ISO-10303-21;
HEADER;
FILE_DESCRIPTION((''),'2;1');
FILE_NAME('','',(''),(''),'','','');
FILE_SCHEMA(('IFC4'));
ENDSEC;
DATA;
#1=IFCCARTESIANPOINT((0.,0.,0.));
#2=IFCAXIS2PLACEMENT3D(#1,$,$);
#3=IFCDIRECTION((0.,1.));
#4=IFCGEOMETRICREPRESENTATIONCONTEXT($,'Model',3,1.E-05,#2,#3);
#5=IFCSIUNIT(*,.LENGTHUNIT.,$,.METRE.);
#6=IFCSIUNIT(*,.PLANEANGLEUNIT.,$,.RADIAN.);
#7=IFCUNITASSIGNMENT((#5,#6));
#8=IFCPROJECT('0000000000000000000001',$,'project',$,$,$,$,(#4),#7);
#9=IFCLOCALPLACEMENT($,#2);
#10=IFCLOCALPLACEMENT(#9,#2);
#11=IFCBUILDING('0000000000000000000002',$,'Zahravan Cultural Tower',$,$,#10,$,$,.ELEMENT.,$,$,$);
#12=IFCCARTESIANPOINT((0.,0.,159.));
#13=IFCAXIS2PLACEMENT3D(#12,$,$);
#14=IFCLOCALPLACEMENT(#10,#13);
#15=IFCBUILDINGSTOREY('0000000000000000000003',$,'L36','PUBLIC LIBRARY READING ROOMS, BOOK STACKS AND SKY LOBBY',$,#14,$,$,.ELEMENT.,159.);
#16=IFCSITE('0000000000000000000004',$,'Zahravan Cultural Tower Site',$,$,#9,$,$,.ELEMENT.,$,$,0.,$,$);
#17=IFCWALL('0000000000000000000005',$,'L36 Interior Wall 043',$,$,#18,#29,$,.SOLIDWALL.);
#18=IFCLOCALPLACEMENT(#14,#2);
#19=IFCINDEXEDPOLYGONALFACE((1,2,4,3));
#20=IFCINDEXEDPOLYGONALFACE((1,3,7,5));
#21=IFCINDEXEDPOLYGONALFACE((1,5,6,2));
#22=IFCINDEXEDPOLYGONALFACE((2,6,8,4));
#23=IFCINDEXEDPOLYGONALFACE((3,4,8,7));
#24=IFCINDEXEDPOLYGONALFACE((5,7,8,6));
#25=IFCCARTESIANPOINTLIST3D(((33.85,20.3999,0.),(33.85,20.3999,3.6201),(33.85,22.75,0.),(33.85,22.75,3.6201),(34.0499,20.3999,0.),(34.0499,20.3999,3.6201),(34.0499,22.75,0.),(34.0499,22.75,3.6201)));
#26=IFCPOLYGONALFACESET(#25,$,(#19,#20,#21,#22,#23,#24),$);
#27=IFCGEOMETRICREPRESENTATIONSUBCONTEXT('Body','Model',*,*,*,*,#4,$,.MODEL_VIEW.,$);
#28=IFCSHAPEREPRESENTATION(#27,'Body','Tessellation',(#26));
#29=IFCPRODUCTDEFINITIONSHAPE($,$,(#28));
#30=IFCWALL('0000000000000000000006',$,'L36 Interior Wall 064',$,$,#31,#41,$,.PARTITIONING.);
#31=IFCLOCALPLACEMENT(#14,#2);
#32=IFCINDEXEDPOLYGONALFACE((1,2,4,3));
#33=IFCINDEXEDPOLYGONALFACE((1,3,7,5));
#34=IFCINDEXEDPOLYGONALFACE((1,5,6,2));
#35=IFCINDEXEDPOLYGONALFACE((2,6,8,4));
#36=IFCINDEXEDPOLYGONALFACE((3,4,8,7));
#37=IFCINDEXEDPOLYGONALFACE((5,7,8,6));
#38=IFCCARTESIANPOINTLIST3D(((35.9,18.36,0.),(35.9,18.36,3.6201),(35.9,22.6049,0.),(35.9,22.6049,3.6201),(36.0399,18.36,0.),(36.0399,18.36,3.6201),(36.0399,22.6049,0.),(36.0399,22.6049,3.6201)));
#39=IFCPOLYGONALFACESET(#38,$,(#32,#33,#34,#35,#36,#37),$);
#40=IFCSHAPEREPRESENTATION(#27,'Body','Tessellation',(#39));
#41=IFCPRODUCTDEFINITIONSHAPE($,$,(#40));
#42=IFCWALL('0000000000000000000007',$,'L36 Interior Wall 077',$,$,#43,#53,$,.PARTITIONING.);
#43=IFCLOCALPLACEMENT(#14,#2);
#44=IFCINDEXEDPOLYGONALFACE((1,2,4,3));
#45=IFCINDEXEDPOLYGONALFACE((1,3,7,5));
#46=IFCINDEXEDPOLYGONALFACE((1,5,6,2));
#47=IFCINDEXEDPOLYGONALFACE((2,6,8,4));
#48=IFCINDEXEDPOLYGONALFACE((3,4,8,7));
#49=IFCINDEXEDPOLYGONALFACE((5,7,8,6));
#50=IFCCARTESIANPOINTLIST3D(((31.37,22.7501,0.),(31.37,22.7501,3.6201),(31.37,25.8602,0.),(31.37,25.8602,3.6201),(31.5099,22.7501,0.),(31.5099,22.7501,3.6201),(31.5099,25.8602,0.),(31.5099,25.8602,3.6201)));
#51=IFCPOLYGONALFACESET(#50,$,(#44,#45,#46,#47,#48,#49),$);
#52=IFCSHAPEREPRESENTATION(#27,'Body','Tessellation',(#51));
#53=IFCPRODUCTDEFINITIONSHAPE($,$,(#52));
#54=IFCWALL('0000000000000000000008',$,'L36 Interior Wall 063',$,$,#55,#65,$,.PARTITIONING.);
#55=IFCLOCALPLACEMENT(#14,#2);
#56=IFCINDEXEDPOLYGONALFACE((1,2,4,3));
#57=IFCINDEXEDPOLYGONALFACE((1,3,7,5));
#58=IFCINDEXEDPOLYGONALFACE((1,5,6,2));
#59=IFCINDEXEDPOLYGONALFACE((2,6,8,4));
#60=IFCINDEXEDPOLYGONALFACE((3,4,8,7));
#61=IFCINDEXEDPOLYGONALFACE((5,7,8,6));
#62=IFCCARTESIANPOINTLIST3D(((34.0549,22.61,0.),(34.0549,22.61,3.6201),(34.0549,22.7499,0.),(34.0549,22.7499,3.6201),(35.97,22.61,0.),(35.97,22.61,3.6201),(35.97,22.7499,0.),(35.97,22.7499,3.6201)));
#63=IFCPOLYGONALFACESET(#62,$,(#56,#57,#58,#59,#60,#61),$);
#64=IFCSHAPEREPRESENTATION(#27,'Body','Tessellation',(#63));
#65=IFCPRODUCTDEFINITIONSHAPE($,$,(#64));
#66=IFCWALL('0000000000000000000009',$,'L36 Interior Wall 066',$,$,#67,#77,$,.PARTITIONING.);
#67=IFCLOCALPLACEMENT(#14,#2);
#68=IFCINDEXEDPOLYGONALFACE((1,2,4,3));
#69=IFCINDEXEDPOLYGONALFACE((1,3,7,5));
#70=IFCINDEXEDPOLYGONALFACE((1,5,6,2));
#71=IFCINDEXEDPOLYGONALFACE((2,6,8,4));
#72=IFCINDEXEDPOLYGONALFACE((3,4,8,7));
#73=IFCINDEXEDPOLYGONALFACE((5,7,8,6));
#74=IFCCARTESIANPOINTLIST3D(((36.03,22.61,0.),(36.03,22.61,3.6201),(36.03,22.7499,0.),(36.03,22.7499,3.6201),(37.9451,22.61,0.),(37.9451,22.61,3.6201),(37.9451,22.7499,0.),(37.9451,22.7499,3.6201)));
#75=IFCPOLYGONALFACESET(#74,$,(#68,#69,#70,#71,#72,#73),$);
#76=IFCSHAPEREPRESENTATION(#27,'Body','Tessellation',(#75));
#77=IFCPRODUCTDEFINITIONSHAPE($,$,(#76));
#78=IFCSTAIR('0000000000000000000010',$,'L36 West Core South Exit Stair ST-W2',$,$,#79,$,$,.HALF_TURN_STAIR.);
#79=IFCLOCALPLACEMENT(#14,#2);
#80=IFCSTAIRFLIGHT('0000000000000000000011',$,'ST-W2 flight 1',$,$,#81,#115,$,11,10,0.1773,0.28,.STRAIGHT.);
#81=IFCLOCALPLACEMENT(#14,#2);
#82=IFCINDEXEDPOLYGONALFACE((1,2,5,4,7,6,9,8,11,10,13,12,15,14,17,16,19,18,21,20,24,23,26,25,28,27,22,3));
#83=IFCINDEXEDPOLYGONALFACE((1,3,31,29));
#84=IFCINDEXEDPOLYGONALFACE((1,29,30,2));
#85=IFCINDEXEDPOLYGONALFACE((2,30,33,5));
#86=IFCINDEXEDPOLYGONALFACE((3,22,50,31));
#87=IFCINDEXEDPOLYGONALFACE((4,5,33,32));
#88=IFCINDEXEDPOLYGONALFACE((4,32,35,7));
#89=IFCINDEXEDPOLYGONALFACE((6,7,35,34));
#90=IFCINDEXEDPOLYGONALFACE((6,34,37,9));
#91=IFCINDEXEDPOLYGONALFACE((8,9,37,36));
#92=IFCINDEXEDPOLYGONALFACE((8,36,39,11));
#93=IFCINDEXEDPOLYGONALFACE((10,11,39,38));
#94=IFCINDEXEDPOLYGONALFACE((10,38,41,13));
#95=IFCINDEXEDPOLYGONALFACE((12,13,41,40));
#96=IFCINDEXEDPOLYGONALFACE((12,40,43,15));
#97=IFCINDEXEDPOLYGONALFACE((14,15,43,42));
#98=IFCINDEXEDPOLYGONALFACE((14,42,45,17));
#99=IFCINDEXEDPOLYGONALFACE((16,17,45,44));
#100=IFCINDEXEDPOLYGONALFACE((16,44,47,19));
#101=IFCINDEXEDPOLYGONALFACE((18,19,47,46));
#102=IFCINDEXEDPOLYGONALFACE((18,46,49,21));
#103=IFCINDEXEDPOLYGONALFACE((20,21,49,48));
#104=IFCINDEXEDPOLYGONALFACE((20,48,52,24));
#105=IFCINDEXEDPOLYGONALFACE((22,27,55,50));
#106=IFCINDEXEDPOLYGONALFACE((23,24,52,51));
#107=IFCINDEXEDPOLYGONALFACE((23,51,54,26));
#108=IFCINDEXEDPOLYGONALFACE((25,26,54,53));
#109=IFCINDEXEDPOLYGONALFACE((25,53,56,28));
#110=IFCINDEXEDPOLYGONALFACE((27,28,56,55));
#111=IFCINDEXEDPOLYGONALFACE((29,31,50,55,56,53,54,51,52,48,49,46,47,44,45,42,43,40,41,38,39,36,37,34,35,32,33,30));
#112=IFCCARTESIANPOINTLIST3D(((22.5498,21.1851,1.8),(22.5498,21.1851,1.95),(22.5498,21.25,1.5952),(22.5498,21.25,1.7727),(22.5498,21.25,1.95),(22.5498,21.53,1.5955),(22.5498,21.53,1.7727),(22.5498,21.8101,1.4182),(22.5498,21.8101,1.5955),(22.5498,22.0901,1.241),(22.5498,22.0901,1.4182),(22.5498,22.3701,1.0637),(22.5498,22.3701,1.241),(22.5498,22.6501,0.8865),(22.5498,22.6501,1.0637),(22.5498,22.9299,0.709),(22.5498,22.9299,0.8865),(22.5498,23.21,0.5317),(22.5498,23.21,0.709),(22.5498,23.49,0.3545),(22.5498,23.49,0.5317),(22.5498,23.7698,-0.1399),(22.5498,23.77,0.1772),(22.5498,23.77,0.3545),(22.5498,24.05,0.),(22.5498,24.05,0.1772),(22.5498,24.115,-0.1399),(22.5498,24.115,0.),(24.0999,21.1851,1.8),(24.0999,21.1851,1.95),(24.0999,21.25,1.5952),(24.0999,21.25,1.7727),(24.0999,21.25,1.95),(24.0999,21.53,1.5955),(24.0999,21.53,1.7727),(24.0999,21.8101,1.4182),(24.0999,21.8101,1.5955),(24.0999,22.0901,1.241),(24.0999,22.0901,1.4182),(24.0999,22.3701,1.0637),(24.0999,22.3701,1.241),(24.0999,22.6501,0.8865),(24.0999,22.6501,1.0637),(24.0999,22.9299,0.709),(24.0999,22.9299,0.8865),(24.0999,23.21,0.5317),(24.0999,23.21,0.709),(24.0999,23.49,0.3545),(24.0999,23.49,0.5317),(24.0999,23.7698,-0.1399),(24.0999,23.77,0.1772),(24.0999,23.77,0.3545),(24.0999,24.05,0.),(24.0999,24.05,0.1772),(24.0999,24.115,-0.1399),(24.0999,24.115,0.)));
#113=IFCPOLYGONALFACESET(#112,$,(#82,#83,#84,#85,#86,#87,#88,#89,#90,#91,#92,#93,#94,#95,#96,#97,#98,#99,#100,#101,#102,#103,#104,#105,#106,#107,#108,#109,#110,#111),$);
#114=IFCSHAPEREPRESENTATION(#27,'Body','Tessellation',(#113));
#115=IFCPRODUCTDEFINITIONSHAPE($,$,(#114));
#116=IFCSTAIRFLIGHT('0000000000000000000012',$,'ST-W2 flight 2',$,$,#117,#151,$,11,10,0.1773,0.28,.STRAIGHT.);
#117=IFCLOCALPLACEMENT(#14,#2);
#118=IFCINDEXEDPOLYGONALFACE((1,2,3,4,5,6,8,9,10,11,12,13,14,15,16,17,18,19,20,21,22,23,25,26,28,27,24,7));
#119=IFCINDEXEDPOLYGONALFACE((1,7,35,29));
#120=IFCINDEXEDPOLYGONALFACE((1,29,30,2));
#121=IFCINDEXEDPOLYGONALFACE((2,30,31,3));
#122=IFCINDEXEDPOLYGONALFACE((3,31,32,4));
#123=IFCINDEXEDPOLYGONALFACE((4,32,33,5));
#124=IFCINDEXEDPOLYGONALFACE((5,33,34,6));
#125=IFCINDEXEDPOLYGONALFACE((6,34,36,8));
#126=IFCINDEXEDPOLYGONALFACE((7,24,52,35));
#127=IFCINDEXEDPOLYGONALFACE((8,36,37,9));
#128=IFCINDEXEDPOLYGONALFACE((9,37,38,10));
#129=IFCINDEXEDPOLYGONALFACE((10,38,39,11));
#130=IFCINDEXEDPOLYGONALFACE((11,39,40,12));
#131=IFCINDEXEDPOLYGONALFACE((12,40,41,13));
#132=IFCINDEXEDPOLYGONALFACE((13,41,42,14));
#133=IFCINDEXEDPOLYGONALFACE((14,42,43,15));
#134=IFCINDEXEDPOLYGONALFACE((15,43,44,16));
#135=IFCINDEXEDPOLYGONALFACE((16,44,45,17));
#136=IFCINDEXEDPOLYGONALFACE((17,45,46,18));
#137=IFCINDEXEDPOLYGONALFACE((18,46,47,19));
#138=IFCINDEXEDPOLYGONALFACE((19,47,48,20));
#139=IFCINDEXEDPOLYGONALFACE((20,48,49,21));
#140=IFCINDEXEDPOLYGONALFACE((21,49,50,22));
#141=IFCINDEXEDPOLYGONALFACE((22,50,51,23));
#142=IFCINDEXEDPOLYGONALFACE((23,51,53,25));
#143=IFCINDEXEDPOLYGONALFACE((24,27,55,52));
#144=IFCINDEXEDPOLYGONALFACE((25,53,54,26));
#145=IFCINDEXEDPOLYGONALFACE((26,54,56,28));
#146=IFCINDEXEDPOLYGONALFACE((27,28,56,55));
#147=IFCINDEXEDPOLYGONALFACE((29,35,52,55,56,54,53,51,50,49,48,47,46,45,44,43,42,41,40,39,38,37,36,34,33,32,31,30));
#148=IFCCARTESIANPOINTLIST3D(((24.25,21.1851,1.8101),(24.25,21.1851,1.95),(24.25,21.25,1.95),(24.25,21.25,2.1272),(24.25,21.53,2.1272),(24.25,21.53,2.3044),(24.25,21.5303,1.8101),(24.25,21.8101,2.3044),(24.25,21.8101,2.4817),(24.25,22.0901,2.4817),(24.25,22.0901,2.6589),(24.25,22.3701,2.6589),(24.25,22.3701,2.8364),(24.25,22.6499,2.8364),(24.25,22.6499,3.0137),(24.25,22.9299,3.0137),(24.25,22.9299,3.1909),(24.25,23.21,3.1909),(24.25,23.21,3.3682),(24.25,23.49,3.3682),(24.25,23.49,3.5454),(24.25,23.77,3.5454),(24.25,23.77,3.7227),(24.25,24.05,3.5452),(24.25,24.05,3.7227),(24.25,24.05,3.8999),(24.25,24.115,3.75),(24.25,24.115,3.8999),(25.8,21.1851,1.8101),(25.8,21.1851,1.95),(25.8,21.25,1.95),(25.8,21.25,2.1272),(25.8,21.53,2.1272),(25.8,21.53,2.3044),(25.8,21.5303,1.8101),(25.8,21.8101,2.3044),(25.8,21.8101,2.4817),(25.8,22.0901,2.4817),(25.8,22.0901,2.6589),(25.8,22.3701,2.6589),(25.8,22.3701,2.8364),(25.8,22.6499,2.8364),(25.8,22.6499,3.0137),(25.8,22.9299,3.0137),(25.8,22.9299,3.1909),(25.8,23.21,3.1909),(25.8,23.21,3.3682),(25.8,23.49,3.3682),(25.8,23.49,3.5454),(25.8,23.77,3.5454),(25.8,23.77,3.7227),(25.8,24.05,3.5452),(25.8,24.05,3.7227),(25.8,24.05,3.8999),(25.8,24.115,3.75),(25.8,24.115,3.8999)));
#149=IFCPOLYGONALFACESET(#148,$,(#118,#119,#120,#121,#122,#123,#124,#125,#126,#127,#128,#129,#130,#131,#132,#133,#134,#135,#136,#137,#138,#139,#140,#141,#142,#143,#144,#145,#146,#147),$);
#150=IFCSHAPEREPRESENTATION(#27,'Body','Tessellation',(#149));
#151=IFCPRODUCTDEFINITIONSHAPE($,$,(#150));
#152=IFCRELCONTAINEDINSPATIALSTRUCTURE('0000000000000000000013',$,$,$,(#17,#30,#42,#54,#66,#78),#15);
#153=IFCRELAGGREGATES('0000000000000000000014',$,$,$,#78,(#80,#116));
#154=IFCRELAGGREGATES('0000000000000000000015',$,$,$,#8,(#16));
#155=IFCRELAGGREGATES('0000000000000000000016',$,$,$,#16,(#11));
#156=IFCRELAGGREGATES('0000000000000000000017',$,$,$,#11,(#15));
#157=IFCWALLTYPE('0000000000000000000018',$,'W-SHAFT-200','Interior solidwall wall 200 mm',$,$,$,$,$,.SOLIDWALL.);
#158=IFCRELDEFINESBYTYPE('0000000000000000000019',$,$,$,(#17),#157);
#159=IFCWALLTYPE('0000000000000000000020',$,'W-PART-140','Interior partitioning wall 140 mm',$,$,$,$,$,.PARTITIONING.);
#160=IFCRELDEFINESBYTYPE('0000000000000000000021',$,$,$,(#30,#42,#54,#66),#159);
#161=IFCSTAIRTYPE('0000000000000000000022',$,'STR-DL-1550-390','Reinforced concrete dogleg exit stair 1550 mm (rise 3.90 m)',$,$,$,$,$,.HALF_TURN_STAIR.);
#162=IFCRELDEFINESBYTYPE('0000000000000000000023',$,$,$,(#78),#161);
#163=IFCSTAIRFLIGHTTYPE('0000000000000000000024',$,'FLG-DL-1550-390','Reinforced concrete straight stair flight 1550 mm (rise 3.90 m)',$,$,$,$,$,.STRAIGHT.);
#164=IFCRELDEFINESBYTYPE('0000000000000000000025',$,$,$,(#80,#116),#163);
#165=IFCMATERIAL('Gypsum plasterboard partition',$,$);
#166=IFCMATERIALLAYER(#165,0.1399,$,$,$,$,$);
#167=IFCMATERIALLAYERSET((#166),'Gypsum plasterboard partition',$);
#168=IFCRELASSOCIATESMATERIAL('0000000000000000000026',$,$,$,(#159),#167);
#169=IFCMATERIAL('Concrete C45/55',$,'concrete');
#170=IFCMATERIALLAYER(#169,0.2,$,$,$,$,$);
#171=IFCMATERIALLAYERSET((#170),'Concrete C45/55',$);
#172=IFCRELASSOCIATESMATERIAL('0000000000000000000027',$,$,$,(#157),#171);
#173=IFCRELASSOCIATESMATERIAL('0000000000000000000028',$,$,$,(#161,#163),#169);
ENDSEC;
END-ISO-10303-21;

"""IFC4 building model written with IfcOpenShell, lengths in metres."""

from ifc_helpers import new_model, si_unit, direction, frame, frame_2d, origin, place, context, subcontext, project, spatial, polyline, rectangle, outline, extrude, source, transform, mapped, material, layer, layer_set, type_object, element, aggregate, save


model = new_model("IFC4")

# Units and contexts
model_context = context("Model", 3, precision=1e-05, world=origin(), true_north=direction((0.0, 1.0)))
body_context = subcontext(model_context, "Body", "Model", "MODEL_VIEW")
ifc_project = project(units=[si_unit("LENGTHUNIT", "METRE"), si_unit("PLANEANGLEUNIT", "RADIAN")], contexts=[model_context])

# Site, building, storey
site_placement = place(None, origin())
site = spatial("IfcSite", under=ifc_project, at=site_placement, Name="Zahravan Cultural Tower Site", CompositionType="ELEMENT", RefElevation=0.0)
building_placement = place(site_placement, origin())
building = spatial("IfcBuilding", under=site, at=building_placement, Name="Zahravan Cultural Tower", CompositionType="ELEMENT")
storey_placement = place(building_placement, frame((0.0, 0.0, 159.0)))
storey = spatial("IfcBuildingStorey", under=building, at=storey_placement, Name="L36", Description="PUBLIC LIBRARY READING ROOMS, BOOK STACKS AND SKY LOBBY", CompositionType="ELEMENT", Elevation=159.0)

# Shared definitions
ifc_material_1 = material(Name="Gypsum plasterboard partition")
ifc_layer_1 = layer(ifc_material_1, 0.1399)
ifc_layer_set_1 = layer_set([ifc_layer_1], Name="Gypsum plasterboard partition")
wall_type_1 = type_object("IfcWallType", Name="W-PART-140", Description="Interior partitioning wall 140 mm", PredefinedType="PARTITIONING", material=ifc_layer_set_1)
ifc_material_2 = material(Name="Concrete C45/55", Category="concrete")
ifc_layer_2 = layer(ifc_material_2, 0.2)
ifc_layer_set_2 = layer_set([ifc_layer_2], Name="Concrete C45/55")
wall_type_2 = type_object("IfcWallType", Name="W-SHAFT-200", Description="Interior solidwall wall 200 mm", PredefinedType="SOLIDWALL", material=ifc_layer_set_2)

# Walls
shared_shape_1 = source(origin(), body_context, "Body", "SweptSolid", [
    extrude(rectangle(XDim=2.3501, YDim=0.2, at=frame_2d((1.175, 0.0))), origin(), (0.0, 0.0, 1.0), 3.6201),
])
wall_1_placement = place(storey_placement, frame((33.95, 20.3999, 0.0), z_axis=(0.0, 0.0, 1.0), x_axis=(0.0, 1.0, 0.0)))
element("IfcWall", 1, at=wall_1_placement, inside=storey, type_object=wall_type_2, Name="L36 Interior Wall 043", PredefinedType="SOLIDWALL", context=body_context, shape_type="MappedRepresentation", body=[
    mapped(shared_shape_1, transform((0.0, 0.0, 0.0), x_axis=(1.0, 0.0, 0.0), y_axis=(0.0, 1.0, 0.0), z_axis=(0.0, 0.0, 1.0), scale=1.0)),
])
shared_shape_2 = source(origin(), body_context, "Body", "SweptSolid", [
    extrude(rectangle(XDim=4.2449, YDim=0.1399, at=frame_2d((2.1226, 0.0))), origin(), (0.0, 0.0, 1.0), 3.6201),
])
wall_2_placement = place(storey_placement, frame((35.97, 22.605, 0.0), z_axis=(0.0, 0.0, 1.0), x_axis=(0.0, -1.0, 0.0)))
element("IfcWall", 2, at=wall_2_placement, inside=storey, type_object=wall_type_1, Name="L36 Interior Wall 064", PredefinedType="PARTITIONING", context=body_context, shape_type="MappedRepresentation", body=[
    mapped(shared_shape_2, transform((0.0, 0.0, 0.0), x_axis=(1.0, 0.0, 0.0), y_axis=(0.0, 1.0, 0.0), z_axis=(0.0, 0.0, 1.0), scale=1.0)),
])
shared_shape_3 = source(origin(), body_context, "Body", "SweptSolid", [
    extrude(rectangle(XDim=3.1101, YDim=0.1399, at=frame_2d((1.5552, 0.0))), origin(), (0.0, 0.0, 1.0), 3.6201),
])
wall_3_placement = place(storey_placement, frame((31.4399, 22.75, 0.0), z_axis=(0.0, 0.0, 1.0), x_axis=(0.0, 1.0, 0.0)))
element("IfcWall", 3, at=wall_3_placement, inside=storey, type_object=wall_type_1, Name="L36 Interior Wall 077", PredefinedType="PARTITIONING", context=body_context, shape_type="MappedRepresentation", body=[
    mapped(shared_shape_3, transform((0.0, 0.0, 0.0), x_axis=(1.0, 0.0, 0.0), y_axis=(0.0, 1.0, 0.0), z_axis=(0.0, 0.0, 1.0), scale=1.0)),
])
shared_shape_4 = source(origin(), body_context, "Body", "SweptSolid", [
    extrude(rectangle(XDim=1.915, YDim=0.1399, at=frame_2d((0.9575, 0.0))), origin(), (0.0, 0.0, 1.0), 3.6201),
])
for number, where, z_axis, x_axis, name in (
    (4, (34.0549, 22.6799, 0.0), (0.0, 0.0, 1.0), (1.0, 0.0, 0.0), "L36 Interior Wall 063"),
    (5, (36.03, 22.6799, 0.0), (0.0, 0.0, 1.0), (1.0, 0.0, 0.0), "L36 Interior Wall 066"),
):
    element("IfcWall", number, at=place(storey_placement, frame(where, z_axis=z_axis, x_axis=x_axis)), inside=storey, type_object=wall_type_1, Name=name, PredefinedType="PARTITIONING", context=body_context, shape_type="MappedRepresentation", body=[
        mapped(shared_shape_4, transform((0.0, 0.0, 0.0), x_axis=(1.0, 0.0, 0.0), y_axis=(0.0, 1.0, 0.0), z_axis=(0.0, 0.0, 1.0), scale=1.0)),
    ])

# Stair, stair flights
stair_type = type_object("IfcStairType", Name="STR-DL-1550-390", Description="Reinforced concrete dogleg exit stair 1550 mm (rise 3.90 m)", PredefinedType="HALF_TURN_STAIR", material=ifc_material_2)
stair_placement = place(storey_placement, origin())
stair = element("IfcStair", 6, at=stair_placement, inside=storey, type_object=stair_type, Name="L36 West Core South Exit Stair ST-W2", PredefinedType="HALF_TURN_STAIR")
stair_flight_type = type_object("IfcStairFlightType", Name="FLG-DL-1550-390", Description="Reinforced concrete straight stair flight 1550 mm (rise 3.90 m)", PredefinedType="STRAIGHT", material=ifc_material_2)
stair_flight_1_placement = place(storey_placement, frame((23.325, 24.05, 0.0), z_axis=(0.0, 0.0, 1.0), x_axis=(0.0, -1.0, 0.0)))
stair_flight_1 = element("IfcStairFlight", 7, at=stair_flight_1_placement, type_object=stair_flight_type, Name="ST-W2 flight 1", NumberOfRisers=11, NumberOfTreads=10, PredefinedType="STRAIGHT", RiserHeight=0.1773, TreadLength=0.28, context=body_context, shape_type="SweptSolid", body=[
    extrude(outline(polyline([(-0.0649, -0.1399), (-0.0649, 0.0), (0.0, 0.0), (0.0, 0.1772), (0.28, 0.1772), (0.28, 0.3545), (0.5601, 0.3545), (0.5601, 0.5317), (0.8401, 0.5317), (0.8401, 0.709), (1.1201, 0.709), (1.1201, 0.8865), (1.3999, 0.8865), (1.3999, 1.0637), (1.6799, 1.0637), (1.6799, 1.241), (1.96, 1.241), (1.96, 1.4182), (2.24, 1.4182), (2.24, 1.5955), (2.52, 1.5955), (2.52, 1.7727), (2.8, 1.7727), (2.8, 1.95), (2.865, 1.95), (2.865, 1.8), (2.8, 1.5952), (0.2803, -0.1399), (-0.0649, -0.1399)])), frame((0.0, 0.7749, 0.0), z_axis=(0.0, -1.0, 0.0), x_axis=(1.0, 0.0, 0.0)), (0.0, 0.0, 1.0), 1.55),
])
stair_flight_2_placement = place(storey_placement, frame((25.0249, 21.25, 1.95), z_axis=(0.0, 0.0, 1.0), x_axis=(0.0, 1.0, 0.0)))
stair_flight_2 = element("IfcStairFlight", 8, at=stair_flight_2_placement, type_object=stair_flight_type, Name="ST-W2 flight 2", NumberOfRisers=11, NumberOfTreads=10, PredefinedType="STRAIGHT", RiserHeight=0.1773, TreadLength=0.28, context=body_context, shape_type="SweptSolid", body=[
    extrude(outline(polyline([(-0.0649, -0.1399), (-0.0649, 0.0), (0.0, 0.0), (0.0, 0.1772), (0.28, 0.1772), (0.28, 0.3545), (0.5601, 0.3545), (0.5601, 0.5317), (0.8401, 0.5317), (0.8401, 0.709), (1.1201, 0.709), (1.1201, 0.8865), (1.3999, 0.8865), (1.3999, 1.0637), (1.6799, 1.0637), (1.6799, 1.241), (1.96, 1.241), (1.96, 1.4182), (2.24, 1.4182), (2.24, 1.5955), (2.52, 1.5955), (2.52, 1.7727), (2.8, 1.7727), (2.8, 1.95), (2.865, 1.95), (2.865, 1.8), (2.8, 1.5952), (0.2803, -0.1399), (-0.0649, -0.1399)])), frame((0.0, 0.7749, 0.0), z_axis=(0.0, -1.0, 0.0), x_axis=(1.0, 0.0, 0.0)), (0.0, 0.0, 1.0), 1.55),
])
aggregate(stair, [stair_flight_1, stair_flight_2])

save(model, "model.ifc")
